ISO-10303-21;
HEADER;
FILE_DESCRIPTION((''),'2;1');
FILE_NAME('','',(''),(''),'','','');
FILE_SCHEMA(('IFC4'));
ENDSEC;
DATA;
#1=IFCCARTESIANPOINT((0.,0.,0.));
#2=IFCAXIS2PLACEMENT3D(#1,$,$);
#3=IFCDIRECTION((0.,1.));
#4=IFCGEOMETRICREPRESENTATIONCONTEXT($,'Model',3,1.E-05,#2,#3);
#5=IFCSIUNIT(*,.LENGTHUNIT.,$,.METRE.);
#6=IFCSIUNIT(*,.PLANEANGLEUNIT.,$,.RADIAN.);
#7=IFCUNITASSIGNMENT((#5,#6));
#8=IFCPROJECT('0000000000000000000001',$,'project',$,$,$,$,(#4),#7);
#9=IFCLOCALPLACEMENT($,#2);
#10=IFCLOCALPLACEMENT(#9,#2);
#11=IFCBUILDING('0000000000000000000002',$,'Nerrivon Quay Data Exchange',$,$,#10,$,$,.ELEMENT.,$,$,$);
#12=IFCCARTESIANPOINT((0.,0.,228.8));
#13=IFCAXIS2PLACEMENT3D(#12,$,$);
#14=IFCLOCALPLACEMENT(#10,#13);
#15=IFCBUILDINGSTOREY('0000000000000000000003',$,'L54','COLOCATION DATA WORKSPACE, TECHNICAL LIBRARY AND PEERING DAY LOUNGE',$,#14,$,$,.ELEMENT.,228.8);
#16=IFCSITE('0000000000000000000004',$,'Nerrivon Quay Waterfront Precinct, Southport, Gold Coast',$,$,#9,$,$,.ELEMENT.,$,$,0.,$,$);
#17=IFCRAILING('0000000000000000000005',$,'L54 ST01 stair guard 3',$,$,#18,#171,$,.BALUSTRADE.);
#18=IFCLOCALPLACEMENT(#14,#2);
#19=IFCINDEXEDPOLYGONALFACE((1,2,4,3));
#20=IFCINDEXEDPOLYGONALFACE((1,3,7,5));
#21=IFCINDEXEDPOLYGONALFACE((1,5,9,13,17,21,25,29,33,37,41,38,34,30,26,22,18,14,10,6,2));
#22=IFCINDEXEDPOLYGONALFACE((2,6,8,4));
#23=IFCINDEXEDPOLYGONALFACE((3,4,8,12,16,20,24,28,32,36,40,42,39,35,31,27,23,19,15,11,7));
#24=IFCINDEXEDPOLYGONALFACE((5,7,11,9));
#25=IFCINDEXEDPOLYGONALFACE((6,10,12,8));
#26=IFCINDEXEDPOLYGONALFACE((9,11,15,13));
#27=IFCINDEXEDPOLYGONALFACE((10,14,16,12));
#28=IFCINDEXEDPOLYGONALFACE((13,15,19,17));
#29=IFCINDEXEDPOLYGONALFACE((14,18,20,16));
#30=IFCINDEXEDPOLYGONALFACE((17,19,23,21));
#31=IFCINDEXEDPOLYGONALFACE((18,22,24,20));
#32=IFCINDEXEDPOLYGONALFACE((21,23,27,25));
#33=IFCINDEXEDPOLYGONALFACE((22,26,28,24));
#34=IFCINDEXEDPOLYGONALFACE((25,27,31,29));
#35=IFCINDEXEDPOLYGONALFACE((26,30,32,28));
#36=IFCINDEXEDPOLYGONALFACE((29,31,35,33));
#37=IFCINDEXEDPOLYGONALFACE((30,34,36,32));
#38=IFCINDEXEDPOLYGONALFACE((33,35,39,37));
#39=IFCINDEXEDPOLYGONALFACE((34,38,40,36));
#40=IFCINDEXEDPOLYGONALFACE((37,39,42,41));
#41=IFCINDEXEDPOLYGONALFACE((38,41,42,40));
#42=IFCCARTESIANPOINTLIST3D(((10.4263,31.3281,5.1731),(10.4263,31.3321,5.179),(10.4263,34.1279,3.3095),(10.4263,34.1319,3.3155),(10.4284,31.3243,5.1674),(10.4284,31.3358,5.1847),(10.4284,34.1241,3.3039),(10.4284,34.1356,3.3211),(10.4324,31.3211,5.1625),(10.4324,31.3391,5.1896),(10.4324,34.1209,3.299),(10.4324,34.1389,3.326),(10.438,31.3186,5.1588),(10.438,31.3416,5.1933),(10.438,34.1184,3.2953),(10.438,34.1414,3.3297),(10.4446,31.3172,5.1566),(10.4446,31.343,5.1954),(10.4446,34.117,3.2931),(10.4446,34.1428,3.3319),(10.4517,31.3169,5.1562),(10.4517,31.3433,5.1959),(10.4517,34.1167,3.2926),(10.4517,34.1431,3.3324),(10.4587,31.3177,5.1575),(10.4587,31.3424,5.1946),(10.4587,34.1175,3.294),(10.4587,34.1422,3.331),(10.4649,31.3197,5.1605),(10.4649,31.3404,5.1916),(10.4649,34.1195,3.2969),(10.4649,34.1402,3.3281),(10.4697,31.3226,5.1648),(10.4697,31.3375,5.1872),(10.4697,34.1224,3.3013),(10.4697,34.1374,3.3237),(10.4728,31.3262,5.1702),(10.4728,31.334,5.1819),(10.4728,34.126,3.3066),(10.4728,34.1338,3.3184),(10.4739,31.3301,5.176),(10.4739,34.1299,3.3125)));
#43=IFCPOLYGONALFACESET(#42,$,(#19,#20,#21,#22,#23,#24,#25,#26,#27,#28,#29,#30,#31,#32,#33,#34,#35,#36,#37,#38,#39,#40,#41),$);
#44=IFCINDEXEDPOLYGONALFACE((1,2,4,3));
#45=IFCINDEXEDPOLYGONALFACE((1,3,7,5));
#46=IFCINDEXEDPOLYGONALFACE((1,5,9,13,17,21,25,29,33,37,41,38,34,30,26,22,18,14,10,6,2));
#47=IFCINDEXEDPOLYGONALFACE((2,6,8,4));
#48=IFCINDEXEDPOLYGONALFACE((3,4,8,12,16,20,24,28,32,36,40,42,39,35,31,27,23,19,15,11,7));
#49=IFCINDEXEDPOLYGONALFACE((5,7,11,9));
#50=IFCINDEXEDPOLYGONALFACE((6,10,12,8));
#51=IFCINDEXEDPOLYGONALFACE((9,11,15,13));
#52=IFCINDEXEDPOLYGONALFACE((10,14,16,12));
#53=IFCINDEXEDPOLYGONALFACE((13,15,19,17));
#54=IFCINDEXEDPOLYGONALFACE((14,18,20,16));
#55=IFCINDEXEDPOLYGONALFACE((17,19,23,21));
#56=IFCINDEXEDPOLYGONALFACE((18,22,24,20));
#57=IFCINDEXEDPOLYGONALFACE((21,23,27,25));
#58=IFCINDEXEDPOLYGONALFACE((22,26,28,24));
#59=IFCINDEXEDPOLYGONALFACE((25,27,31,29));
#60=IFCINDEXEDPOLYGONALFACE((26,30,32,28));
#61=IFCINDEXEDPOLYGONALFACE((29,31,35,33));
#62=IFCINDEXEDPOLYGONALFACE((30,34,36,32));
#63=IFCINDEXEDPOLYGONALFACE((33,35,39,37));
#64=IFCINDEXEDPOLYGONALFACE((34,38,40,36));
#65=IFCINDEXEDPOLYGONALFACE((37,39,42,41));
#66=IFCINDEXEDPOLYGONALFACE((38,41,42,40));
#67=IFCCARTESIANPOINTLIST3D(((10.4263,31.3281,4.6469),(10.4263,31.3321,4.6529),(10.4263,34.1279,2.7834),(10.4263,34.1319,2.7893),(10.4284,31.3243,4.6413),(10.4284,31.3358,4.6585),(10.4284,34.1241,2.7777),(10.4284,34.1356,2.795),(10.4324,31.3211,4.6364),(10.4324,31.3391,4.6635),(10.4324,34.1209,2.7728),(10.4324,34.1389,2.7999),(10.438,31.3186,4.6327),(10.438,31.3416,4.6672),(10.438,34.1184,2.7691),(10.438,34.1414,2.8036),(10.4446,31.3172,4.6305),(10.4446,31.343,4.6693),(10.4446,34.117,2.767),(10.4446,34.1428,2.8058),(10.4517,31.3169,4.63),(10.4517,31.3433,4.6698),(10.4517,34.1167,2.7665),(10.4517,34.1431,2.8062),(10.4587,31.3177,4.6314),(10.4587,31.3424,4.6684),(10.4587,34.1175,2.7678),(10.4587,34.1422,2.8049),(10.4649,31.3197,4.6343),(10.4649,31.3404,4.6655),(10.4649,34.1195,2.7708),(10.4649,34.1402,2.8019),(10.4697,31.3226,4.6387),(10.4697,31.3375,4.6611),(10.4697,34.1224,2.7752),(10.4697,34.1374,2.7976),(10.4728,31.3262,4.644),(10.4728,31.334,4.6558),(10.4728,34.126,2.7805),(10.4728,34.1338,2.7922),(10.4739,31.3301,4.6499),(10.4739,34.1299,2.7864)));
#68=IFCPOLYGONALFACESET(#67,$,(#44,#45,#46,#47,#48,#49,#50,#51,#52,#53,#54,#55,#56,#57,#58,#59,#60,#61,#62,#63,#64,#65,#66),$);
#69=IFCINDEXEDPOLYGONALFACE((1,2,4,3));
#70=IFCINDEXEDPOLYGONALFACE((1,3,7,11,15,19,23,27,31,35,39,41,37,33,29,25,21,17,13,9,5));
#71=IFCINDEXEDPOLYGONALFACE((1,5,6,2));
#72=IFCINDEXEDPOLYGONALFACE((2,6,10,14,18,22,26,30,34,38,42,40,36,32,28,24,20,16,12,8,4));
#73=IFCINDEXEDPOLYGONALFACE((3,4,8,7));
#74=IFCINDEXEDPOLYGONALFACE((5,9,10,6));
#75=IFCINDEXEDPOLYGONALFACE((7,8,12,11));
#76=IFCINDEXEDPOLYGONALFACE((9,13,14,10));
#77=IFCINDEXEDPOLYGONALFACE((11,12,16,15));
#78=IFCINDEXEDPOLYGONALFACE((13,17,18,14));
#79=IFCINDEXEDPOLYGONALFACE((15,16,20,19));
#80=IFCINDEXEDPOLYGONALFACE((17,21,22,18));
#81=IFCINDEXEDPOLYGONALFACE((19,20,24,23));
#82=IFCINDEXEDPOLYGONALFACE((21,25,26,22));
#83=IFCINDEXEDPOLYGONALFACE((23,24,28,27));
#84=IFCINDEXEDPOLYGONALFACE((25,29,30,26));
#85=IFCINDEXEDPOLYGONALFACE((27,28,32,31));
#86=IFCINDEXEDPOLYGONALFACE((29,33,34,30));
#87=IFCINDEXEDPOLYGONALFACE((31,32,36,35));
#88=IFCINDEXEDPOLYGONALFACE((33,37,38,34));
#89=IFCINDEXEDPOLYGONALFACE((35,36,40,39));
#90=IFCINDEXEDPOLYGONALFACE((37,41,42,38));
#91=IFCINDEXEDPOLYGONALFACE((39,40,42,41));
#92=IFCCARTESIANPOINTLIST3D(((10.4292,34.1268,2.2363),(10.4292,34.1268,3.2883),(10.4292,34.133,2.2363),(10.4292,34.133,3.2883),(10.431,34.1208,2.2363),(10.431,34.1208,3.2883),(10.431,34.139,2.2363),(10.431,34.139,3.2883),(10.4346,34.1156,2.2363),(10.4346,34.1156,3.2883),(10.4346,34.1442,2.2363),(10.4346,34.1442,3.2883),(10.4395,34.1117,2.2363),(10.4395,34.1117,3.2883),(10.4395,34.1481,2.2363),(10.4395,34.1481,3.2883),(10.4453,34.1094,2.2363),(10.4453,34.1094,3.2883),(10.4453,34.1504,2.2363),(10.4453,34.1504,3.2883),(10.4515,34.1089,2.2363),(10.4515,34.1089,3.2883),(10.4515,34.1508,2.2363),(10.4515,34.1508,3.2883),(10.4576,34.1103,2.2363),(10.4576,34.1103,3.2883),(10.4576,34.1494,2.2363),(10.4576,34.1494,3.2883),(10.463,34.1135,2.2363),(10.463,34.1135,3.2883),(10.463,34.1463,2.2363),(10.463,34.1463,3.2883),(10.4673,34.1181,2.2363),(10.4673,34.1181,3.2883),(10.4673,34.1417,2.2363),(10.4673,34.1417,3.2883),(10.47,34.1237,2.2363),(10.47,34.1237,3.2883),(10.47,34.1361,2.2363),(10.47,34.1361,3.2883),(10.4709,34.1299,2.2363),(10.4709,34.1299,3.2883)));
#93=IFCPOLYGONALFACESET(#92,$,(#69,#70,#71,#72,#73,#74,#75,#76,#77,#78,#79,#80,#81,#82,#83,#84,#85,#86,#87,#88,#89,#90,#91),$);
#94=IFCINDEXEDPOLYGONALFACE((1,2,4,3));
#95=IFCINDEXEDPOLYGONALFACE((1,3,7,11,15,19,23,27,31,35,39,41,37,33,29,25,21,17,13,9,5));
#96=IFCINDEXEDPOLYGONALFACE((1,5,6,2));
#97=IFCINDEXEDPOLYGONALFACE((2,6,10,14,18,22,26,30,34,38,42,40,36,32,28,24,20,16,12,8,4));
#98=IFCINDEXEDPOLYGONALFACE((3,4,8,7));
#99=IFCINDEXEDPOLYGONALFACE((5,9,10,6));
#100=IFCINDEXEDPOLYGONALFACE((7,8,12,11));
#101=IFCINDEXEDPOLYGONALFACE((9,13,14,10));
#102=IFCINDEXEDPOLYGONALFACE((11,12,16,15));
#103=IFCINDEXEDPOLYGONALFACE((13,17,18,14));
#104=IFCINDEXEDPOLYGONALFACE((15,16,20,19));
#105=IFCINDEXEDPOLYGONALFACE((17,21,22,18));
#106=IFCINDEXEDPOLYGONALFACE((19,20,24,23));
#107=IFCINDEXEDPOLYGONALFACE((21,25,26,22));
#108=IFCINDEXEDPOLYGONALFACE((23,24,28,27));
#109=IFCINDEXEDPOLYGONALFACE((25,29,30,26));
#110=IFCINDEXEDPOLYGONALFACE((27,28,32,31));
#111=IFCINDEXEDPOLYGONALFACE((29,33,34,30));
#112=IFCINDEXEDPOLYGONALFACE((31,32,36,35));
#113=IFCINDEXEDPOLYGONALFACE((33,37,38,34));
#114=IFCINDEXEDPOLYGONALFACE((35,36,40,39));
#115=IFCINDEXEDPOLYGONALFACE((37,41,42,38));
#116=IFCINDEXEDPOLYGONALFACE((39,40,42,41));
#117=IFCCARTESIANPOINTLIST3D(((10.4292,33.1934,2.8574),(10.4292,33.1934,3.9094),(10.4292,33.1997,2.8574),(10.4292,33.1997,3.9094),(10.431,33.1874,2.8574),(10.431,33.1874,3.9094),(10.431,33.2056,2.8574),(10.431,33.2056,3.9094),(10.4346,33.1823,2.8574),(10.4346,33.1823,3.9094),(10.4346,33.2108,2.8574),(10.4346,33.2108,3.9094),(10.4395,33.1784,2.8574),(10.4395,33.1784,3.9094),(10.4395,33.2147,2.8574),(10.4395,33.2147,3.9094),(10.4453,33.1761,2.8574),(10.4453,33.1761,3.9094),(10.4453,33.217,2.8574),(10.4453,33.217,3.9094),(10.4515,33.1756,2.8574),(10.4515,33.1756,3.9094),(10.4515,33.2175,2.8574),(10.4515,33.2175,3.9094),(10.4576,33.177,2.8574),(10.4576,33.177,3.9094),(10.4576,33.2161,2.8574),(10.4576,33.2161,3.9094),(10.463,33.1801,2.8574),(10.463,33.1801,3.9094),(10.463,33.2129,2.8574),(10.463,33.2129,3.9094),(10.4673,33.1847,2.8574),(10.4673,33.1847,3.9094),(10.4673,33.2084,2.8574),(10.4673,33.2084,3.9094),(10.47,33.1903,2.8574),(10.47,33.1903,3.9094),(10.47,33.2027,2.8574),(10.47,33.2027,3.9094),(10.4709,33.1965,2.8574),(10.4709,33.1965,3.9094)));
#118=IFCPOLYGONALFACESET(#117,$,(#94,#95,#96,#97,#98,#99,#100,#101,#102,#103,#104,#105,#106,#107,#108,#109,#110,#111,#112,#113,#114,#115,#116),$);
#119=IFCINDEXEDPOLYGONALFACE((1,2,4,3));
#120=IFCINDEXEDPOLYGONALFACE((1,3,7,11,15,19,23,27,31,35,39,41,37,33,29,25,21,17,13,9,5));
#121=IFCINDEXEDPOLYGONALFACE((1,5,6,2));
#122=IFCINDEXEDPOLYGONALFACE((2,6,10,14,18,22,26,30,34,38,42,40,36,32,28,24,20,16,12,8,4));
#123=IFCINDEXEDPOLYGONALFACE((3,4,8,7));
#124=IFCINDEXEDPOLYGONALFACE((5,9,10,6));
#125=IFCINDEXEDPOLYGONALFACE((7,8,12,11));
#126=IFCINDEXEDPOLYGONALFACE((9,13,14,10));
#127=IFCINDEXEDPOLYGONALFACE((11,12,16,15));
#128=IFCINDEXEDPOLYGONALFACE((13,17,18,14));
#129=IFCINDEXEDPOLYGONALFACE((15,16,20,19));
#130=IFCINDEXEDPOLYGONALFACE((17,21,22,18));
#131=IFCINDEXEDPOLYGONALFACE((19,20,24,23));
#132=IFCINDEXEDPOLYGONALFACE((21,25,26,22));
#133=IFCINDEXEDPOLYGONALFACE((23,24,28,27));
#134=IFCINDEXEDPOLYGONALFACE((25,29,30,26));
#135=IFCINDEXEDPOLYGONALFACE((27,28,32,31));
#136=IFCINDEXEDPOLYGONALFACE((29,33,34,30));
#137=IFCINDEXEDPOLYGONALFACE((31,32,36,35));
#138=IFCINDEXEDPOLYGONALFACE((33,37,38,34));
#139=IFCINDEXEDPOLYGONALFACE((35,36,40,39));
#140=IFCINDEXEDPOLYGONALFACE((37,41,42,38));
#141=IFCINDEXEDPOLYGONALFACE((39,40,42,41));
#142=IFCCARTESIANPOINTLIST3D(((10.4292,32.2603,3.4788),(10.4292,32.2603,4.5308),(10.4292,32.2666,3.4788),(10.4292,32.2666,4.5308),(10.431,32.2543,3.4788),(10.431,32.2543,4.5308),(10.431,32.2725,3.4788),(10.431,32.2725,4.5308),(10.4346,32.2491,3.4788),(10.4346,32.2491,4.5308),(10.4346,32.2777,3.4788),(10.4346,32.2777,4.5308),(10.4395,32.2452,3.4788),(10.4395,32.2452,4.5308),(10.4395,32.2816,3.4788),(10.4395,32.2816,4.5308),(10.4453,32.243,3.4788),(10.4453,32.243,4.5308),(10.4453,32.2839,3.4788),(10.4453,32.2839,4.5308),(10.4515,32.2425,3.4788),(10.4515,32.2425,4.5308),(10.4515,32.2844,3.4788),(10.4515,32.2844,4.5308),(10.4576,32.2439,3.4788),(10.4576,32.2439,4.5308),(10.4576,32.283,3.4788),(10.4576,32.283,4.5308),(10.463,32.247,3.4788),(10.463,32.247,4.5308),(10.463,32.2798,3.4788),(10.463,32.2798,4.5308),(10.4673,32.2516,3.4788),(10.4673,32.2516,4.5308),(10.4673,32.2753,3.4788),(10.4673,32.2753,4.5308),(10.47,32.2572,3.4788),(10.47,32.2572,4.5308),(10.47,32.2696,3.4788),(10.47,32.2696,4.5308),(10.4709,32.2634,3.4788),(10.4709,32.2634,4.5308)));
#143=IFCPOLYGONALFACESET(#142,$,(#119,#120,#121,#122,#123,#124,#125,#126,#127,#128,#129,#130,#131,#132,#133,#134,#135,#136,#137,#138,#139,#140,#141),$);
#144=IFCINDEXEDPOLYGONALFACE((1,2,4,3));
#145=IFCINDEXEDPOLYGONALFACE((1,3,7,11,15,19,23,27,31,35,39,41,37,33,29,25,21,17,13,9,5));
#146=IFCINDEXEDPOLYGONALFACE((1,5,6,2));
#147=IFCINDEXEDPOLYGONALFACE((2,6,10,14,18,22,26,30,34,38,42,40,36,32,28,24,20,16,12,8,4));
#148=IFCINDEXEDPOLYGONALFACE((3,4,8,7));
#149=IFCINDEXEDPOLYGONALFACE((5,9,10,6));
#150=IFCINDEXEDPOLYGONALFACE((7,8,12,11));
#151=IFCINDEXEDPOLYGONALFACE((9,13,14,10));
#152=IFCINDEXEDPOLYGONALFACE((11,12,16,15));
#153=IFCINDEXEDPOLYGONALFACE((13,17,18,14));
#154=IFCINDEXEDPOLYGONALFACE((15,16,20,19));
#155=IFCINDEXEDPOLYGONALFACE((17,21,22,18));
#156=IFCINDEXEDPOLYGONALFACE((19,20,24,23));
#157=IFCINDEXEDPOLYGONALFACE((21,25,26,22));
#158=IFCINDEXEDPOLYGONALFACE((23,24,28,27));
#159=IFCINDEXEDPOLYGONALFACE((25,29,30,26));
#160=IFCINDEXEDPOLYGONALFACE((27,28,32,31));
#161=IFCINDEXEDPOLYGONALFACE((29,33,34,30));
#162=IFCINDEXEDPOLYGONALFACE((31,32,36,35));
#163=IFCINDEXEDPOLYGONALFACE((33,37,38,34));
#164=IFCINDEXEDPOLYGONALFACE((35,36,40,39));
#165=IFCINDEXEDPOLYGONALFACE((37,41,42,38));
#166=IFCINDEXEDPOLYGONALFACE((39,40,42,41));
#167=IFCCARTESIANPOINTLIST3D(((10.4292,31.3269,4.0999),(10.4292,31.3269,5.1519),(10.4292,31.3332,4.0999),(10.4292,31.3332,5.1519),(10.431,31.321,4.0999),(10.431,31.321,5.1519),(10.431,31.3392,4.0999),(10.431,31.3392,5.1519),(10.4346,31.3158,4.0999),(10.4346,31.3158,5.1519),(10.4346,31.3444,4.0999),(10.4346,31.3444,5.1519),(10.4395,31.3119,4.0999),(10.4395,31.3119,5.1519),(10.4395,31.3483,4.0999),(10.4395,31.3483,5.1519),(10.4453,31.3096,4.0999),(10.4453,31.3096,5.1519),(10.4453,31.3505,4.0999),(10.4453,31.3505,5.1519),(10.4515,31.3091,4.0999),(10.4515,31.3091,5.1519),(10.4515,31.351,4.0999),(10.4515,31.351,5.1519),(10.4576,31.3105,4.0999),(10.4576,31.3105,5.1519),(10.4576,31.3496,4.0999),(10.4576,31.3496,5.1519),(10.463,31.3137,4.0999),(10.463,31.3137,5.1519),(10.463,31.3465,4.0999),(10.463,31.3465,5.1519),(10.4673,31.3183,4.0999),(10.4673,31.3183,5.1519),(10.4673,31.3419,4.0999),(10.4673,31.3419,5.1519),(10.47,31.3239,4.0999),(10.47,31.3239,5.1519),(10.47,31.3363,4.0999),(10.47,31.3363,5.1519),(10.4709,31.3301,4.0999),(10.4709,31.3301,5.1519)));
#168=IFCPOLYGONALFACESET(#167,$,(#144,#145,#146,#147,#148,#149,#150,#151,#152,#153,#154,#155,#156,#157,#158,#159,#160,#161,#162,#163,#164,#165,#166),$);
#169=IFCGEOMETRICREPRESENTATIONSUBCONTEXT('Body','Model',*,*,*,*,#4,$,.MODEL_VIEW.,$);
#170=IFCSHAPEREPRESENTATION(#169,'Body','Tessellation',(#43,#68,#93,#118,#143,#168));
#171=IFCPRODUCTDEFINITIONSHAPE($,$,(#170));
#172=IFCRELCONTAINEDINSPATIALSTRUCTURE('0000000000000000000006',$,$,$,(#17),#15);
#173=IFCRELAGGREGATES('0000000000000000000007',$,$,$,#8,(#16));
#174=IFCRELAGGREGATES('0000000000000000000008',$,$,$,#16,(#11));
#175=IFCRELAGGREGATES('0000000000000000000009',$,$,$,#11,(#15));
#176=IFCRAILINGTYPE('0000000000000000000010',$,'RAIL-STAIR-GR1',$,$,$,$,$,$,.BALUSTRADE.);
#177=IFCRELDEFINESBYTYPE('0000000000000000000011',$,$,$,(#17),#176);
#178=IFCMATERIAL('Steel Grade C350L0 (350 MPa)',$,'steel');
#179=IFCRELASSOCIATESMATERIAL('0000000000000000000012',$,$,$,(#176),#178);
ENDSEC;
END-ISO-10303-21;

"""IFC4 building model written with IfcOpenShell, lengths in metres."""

from ifc_helpers import new_model, si_unit, direction, frame, origin, origin_2d, place, context, subcontext, project, spatial, circle, extrude, material, type_object, element, save


model = new_model("IFC4")

# Units and contexts
model_context = context("Model", 3, precision=1e-05, world=origin(), true_north=direction((0.0, 1.0)))
body_context = subcontext(model_context, "Body", "Model", "MODEL_VIEW")
ifc_project = project(units=[si_unit("LENGTHUNIT", "METRE"), si_unit("PLANEANGLEUNIT", "RADIAN")], contexts=[model_context])

# Site, building, storey
site_placement = place(None, origin())
site = spatial("IfcSite", under=ifc_project, at=site_placement, Name="Nerrivon Quay Waterfront Precinct, Southport, Gold Coast", CompositionType="ELEMENT", RefElevation=0.0)
building_placement = place(site_placement, origin())
building = spatial("IfcBuilding", under=site, at=building_placement, Name="Nerrivon Quay Data Exchange", CompositionType="ELEMENT")
storey_placement = place(building_placement, frame((0.0, 0.0, 228.8)))
storey = spatial("IfcBuildingStorey", under=building, at=storey_placement, Name="L54", Description="COLOCATION DATA WORKSPACE, TECHNICAL LIBRARY AND PEERING DAY LOUNGE", CompositionType="ELEMENT", Elevation=228.8)

# Shared definitions
ifc_material_1 = material(Name="Steel Grade C350L0 (350 MPa)", Category="steel")

# Railing
railing_type_1 = type_object("IfcRailingType", Name="RAIL-STAIR-GR1", PredefinedType="BALUSTRADE", material=ifc_material_1)
railing_1_placement = place(storey_placement, frame((10.45, 34.1299, 2.2363)))
element("IfcRailing", 1, at=railing_1_placement, inside=storey, type_object=railing_type_1, Name="L54 ST01 stair guard 3", PredefinedType="BALUSTRADE", context=body_context, shape_type="SweptSolid", body=[
    extrude(circle(Radius=0.0239, at=origin_2d()), frame((0.0, 0.0, 1.0762), z_axis=(0.0, -0.832463, 0.55408), x_axis=(1.0, 0.0, 0.0)), (0.0, 0.0, 1.0), 3.3633),
    extrude(circle(Radius=0.0239, at=origin_2d()), frame((0.0, 0.0, 0.55), z_axis=(0.0, -0.832463, 0.55408), x_axis=(1.0, 0.0, 0.0)), (0.0, 0.0, 1.0), 3.3633),
    extrude(circle(Radius=0.021, at=origin_2d()), origin(), (0.0, 0.0, 1.0), 1.052),
    extrude(circle(Radius=0.021, at=origin_2d()), frame((0.0, -0.9333, 0.6211)), (0.0, 0.0, 1.0), 1.052),
    extrude(circle(Radius=0.021, at=origin_2d()), frame((0.0, -1.8665, 1.2424)), (0.0, 0.0, 1.0), 1.052),
    extrude(circle(Radius=0.021, at=origin_2d()), frame((0.0, -2.7998, 1.8635)), (0.0, 0.0, 1.0), 1.052),
])

save(model, "model.ifc")
